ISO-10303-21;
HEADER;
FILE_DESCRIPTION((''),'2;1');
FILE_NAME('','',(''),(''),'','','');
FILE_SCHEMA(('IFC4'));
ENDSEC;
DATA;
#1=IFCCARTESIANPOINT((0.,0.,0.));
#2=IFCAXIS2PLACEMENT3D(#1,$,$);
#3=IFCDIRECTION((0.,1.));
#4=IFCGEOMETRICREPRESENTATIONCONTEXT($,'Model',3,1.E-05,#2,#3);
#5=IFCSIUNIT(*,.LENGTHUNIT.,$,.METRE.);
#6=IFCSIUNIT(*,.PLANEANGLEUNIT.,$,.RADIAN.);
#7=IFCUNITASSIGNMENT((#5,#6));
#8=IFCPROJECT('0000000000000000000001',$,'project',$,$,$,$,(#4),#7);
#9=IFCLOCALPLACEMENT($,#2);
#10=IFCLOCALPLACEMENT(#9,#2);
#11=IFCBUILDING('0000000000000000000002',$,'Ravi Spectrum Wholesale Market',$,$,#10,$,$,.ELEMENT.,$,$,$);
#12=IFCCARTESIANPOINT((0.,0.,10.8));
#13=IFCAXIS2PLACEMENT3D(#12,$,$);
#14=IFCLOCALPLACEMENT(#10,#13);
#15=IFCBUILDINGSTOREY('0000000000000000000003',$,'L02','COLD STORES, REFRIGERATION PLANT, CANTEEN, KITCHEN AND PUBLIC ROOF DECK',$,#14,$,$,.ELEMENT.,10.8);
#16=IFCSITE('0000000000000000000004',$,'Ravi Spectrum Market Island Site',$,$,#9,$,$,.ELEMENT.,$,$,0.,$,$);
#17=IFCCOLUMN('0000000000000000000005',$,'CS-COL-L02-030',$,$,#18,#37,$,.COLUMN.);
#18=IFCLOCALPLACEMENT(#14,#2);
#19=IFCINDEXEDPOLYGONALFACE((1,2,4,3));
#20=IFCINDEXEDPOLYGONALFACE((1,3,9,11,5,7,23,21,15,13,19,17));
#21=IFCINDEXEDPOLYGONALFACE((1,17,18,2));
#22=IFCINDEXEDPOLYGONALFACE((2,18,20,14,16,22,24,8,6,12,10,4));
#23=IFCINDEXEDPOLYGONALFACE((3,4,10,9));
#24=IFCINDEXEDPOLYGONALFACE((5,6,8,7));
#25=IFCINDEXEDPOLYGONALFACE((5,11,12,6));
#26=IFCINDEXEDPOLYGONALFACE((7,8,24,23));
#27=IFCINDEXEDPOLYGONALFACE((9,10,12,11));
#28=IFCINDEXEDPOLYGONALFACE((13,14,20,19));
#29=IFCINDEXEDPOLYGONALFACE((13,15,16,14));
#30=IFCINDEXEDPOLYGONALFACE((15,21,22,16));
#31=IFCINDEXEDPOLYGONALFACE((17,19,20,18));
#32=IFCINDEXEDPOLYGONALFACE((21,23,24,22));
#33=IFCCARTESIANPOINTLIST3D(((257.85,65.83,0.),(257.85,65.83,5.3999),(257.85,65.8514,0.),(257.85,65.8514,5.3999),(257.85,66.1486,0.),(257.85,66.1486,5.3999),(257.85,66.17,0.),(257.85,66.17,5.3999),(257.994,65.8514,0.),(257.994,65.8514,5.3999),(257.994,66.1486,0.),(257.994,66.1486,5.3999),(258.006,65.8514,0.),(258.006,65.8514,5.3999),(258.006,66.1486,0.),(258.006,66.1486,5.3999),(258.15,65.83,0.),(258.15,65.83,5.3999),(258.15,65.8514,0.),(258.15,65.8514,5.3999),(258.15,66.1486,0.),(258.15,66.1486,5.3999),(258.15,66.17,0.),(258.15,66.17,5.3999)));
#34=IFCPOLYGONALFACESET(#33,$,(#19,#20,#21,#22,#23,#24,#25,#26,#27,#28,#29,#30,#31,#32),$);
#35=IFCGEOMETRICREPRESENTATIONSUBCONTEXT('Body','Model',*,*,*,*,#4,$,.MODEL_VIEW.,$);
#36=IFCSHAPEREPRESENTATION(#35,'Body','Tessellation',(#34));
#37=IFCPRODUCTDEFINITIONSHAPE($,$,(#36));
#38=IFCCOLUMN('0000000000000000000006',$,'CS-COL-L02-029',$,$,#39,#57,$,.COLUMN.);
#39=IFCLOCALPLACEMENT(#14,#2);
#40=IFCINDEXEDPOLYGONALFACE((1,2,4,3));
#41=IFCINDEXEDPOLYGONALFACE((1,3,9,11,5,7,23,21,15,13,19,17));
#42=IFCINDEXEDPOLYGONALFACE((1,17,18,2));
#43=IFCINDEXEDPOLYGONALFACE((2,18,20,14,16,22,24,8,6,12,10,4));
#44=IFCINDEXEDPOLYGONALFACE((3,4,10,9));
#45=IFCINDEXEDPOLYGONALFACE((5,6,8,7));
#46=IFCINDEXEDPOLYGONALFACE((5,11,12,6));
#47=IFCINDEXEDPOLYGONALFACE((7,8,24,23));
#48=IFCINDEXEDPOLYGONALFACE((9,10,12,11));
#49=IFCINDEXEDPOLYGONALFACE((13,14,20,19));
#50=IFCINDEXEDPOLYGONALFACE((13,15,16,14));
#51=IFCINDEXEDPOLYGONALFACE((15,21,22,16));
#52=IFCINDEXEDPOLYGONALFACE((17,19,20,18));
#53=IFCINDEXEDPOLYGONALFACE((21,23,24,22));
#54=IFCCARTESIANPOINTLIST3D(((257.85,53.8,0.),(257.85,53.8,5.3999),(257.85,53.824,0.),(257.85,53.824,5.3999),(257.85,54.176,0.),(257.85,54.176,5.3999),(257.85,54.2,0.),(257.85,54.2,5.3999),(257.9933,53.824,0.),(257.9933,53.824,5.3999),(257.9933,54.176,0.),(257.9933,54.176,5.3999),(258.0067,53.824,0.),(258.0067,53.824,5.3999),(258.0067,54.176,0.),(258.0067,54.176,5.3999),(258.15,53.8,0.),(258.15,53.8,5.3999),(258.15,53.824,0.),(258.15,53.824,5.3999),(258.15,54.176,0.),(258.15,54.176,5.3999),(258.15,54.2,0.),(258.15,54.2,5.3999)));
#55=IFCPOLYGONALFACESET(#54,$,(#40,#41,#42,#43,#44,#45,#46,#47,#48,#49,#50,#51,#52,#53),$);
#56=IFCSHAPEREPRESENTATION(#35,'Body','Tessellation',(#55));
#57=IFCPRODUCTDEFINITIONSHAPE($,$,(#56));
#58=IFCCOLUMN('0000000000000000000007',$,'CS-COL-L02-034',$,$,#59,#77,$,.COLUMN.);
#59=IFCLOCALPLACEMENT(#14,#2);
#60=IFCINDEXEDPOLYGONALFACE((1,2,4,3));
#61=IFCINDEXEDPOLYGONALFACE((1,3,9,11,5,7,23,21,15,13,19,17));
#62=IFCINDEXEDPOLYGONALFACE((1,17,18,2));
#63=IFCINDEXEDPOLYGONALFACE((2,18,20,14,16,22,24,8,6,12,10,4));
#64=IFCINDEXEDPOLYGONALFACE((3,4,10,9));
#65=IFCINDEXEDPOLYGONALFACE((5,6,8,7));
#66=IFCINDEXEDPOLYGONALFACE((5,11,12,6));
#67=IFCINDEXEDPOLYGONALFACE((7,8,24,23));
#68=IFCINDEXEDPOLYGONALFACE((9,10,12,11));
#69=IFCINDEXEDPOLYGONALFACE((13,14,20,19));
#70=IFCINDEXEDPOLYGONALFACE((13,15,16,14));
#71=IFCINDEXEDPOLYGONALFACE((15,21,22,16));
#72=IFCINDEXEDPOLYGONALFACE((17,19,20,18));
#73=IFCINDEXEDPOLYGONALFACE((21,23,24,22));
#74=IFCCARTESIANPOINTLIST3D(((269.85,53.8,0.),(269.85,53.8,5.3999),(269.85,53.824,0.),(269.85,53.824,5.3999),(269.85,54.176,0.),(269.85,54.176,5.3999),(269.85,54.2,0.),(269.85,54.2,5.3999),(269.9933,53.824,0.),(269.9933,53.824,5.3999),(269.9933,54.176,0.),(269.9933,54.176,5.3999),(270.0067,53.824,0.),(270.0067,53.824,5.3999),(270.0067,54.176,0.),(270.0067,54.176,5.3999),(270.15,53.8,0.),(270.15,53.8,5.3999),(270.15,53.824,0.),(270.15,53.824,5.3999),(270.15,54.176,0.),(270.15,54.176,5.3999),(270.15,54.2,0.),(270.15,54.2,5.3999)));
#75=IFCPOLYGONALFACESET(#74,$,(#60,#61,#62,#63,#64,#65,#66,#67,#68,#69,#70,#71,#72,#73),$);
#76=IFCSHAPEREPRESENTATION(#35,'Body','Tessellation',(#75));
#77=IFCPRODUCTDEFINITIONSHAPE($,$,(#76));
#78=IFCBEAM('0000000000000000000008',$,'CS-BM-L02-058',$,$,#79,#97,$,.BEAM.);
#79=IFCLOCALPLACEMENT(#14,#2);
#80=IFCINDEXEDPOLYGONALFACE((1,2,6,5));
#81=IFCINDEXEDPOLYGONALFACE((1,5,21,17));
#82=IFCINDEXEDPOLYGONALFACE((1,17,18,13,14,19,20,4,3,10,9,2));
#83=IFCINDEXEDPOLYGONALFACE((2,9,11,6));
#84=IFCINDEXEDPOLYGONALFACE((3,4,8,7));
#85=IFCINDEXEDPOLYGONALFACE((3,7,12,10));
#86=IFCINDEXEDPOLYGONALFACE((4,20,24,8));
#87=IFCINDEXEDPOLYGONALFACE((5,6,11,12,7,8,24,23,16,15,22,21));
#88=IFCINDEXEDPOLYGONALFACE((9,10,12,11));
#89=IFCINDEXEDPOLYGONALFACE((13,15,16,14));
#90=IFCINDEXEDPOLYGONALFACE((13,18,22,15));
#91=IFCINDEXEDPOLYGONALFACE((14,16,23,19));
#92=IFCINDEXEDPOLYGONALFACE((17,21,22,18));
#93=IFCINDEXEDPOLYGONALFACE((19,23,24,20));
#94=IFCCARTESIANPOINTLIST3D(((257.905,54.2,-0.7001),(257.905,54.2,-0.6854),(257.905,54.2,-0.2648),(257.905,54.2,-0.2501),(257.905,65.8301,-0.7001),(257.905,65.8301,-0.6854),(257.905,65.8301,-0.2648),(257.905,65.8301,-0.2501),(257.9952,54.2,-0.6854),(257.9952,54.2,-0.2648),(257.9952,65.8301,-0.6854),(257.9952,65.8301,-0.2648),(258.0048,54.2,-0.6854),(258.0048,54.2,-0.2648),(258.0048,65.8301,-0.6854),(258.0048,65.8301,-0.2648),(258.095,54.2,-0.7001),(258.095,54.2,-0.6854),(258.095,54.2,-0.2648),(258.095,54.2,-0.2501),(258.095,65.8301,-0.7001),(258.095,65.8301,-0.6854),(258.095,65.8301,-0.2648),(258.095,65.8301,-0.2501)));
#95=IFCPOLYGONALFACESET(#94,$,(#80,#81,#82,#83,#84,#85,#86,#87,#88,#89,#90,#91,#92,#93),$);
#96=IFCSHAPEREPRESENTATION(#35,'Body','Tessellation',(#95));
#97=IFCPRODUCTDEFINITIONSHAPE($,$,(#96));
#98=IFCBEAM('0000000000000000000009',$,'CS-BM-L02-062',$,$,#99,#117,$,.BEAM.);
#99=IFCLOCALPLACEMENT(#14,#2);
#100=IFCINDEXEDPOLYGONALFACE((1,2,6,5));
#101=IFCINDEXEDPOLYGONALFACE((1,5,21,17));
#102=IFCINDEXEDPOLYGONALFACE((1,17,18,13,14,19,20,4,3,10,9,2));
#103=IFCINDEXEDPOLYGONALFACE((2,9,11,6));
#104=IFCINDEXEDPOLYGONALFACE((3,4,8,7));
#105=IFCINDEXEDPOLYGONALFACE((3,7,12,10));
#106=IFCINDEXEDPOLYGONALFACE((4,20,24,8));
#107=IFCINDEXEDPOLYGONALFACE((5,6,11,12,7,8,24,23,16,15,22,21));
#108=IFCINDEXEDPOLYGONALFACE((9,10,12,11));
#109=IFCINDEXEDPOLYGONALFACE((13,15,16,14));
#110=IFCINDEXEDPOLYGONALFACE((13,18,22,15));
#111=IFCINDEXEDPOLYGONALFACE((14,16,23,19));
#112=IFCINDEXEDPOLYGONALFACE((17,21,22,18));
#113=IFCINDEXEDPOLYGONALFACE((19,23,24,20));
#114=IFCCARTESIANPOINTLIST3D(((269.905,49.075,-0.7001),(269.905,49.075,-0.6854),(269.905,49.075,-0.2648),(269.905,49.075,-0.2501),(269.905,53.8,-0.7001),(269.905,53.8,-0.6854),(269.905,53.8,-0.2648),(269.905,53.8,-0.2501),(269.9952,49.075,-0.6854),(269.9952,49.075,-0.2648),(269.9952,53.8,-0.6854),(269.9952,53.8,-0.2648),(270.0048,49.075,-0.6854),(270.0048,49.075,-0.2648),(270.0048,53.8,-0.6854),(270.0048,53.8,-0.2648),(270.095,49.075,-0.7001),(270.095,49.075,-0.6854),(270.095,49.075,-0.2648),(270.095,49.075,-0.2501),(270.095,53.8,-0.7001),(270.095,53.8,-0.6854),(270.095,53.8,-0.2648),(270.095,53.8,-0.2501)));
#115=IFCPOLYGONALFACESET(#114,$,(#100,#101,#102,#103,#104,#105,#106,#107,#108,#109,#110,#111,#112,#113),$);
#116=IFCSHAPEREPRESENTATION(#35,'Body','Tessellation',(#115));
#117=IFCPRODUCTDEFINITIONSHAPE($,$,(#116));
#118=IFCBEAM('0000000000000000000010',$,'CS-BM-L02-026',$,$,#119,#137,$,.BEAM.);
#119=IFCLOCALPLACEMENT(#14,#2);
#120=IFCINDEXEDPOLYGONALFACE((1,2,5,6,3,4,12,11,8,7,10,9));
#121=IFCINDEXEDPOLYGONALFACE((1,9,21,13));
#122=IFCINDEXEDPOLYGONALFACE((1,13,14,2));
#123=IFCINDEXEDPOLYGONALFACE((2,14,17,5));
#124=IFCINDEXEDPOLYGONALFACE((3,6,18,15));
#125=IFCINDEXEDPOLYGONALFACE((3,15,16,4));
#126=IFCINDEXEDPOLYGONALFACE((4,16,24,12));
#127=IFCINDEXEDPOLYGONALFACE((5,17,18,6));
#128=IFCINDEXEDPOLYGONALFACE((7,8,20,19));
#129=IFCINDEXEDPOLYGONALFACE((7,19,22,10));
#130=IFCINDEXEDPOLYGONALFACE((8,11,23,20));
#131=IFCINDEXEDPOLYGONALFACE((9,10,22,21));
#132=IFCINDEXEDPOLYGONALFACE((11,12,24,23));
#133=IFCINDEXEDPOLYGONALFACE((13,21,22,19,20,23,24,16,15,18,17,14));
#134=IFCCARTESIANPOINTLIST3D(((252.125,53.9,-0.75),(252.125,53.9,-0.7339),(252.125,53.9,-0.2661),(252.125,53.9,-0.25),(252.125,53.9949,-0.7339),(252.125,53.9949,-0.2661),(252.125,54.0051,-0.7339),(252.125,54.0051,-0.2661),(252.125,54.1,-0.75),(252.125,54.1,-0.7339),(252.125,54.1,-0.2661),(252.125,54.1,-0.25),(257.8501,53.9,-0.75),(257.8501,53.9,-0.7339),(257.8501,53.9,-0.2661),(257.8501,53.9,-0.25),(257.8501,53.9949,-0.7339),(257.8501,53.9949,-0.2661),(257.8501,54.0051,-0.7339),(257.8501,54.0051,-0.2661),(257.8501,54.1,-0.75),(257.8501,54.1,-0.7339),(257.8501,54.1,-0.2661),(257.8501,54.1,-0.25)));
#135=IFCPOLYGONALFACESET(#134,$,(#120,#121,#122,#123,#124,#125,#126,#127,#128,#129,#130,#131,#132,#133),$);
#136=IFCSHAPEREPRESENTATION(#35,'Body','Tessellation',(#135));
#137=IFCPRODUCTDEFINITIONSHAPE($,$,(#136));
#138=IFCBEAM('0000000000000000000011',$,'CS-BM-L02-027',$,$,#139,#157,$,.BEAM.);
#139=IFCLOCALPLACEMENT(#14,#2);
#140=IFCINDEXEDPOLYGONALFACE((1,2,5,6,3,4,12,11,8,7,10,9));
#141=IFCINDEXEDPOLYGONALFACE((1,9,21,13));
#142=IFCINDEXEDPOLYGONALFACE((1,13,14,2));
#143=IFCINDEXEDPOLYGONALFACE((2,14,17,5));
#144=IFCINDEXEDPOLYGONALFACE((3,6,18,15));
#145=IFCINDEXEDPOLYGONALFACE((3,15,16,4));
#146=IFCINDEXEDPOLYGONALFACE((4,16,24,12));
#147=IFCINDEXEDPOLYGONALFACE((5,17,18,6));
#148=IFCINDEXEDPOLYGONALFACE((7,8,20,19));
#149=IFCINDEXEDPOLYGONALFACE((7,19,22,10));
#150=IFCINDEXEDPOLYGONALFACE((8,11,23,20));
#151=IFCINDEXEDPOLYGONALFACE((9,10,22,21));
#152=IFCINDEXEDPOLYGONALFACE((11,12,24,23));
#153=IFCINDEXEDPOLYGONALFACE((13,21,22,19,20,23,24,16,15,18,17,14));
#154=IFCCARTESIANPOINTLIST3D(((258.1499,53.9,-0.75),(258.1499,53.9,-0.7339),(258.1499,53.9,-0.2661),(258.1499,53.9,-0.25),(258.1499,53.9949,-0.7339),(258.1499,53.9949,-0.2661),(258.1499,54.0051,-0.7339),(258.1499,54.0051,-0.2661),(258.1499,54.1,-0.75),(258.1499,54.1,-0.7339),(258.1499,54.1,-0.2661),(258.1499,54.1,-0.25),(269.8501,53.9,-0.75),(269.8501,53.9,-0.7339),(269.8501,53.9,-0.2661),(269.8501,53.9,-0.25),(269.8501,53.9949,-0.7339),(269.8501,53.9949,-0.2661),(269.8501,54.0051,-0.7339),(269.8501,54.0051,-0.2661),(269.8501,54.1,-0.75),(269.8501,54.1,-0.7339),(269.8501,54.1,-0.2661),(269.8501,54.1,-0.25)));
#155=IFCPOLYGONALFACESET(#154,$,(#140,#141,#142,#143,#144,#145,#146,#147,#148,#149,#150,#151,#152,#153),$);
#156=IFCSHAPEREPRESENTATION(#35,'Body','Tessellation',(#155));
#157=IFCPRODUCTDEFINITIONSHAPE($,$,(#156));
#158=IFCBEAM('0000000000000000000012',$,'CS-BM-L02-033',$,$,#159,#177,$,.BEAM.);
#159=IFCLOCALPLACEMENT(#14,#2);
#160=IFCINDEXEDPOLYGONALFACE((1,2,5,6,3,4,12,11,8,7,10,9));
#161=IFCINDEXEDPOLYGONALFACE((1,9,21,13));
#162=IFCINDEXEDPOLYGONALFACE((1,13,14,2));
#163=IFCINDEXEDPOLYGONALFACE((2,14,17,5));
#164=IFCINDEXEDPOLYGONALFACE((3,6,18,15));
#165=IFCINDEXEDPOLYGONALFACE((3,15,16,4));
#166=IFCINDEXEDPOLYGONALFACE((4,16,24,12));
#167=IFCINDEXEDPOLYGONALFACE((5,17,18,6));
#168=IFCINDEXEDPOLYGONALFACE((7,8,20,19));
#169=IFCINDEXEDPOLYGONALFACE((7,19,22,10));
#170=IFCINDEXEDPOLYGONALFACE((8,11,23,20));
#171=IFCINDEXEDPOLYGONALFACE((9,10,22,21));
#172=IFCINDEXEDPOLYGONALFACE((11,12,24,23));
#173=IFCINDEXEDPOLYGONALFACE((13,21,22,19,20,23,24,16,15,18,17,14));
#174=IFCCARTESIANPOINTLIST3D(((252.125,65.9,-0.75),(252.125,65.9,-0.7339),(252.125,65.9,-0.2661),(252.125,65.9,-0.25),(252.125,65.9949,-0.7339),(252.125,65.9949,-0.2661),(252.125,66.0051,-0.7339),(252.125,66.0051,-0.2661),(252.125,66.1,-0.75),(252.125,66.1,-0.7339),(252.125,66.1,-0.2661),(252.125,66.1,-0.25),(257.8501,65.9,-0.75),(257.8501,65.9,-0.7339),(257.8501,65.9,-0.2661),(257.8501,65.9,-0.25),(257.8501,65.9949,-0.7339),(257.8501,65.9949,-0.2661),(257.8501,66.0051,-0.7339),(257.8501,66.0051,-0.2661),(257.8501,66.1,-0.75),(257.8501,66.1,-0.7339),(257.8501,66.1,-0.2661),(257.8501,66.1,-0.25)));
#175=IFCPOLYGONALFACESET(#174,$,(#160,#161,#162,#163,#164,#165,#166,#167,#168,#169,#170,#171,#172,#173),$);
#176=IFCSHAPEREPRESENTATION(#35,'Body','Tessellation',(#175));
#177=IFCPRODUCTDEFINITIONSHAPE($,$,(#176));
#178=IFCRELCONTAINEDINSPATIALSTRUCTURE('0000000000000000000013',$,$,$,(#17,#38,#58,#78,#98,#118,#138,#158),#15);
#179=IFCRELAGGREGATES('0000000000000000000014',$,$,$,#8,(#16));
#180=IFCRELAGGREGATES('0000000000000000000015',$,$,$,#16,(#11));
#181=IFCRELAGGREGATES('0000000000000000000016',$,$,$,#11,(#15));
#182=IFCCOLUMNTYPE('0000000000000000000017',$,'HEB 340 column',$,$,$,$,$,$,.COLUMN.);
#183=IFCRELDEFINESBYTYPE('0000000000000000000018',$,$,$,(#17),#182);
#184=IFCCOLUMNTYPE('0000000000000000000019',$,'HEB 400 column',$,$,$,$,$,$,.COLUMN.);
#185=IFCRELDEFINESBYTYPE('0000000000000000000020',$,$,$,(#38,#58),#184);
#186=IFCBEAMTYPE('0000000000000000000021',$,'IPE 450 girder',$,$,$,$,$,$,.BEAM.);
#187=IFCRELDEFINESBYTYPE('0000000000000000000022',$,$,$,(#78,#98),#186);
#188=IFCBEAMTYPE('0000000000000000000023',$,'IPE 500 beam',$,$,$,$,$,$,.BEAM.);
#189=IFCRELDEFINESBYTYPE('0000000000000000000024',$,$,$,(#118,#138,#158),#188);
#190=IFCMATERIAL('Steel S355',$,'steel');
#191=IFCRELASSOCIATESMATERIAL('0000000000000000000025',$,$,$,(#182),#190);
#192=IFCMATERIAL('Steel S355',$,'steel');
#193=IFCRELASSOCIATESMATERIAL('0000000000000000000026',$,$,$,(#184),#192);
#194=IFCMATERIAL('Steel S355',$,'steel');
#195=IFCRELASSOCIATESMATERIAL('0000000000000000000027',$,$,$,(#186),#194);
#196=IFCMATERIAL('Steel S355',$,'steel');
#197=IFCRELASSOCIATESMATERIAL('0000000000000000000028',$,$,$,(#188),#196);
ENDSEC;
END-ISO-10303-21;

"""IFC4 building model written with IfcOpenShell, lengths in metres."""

from ifc_helpers import new_model, si_unit, direction, frame, origin, origin_2d, place, context, subcontext, project, spatial, i_section, extrude, material, material_profile, profile_set, type_object, element, save


model = new_model("IFC4")

# Units and contexts
model_context = context("Model", 3, precision=1e-05, world=origin(), true_north=direction((0.0, 1.0)))
body_context = subcontext(model_context, "Body", "Model", "MODEL_VIEW")
ifc_project = project(units=[si_unit("LENGTHUNIT", "METRE"), si_unit("PLANEANGLEUNIT", "RADIAN")], contexts=[model_context])

# Site, building, storey
site_placement = place(None, origin())
site = spatial("IfcSite", under=ifc_project, at=site_placement, Name="Ravi Spectrum Market Island Site", CompositionType="ELEMENT", RefElevation=0.0)
building_placement = place(site_placement, origin())
building = spatial("IfcBuilding", under=site, at=building_placement, Name="Ravi Spectrum Wholesale Market", CompositionType="ELEMENT")
storey_placement = place(building_placement, frame((0.0, 0.0, 10.8)))
storey = spatial("IfcBuildingStorey", under=building, at=storey_placement, Name="L02", Description="COLD STORES, REFRIGERATION PLANT, CANTEEN, KITCHEN AND PUBLIC ROOF DECK", CompositionType="ELEMENT", Elevation=10.8)

# Columns
ifc_material_1 = material(Name="Steel S355", Category="steel")
ifc_material_profile_1 = material_profile(ifc_material_1, i_section(OverallWidth=0.3, OverallDepth=0.3401, WebThickness=0.012, FlangeThickness=0.0215, at=origin_2d()))
ifc_profile_set_1 = profile_set([ifc_material_profile_1], Name="Steel S355")
column_type_1 = type_object("IfcColumnType", Name="HEB 340 column", PredefinedType="COLUMN", material=ifc_profile_set_1)
column_placement = place(storey_placement, frame((258.0, 66.0, 0.0), z_axis=(0.0, 0.0, 1.0), x_axis=(1.0, 0.0, 0.0)))
element("IfcColumn", 1, at=column_placement, inside=storey, type_object=column_type_1, Name="CS-COL-L02-030", PredefinedType="COLUMN", context=body_context, shape_type="SweptSolid", body=[
    extrude(i_section(OverallWidth=0.3, OverallDepth=0.3401, WebThickness=0.012, FlangeThickness=0.0215, at=origin_2d()), origin(), (0.0, 0.0, 1.0), 5.3999),
])
ifc_material_2 = material(Name="Steel S355", Category="steel")
ifc_material_profile_2 = material_profile(ifc_material_2, i_section(OverallWidth=0.3, OverallDepth=0.3999, WebThickness=0.0134, FlangeThickness=0.0239, at=origin_2d()))
ifc_profile_set_2 = profile_set([ifc_material_profile_2], Name="Steel S355")
column_type_2 = type_object("IfcColumnType", Name="HEB 400 column", PredefinedType="COLUMN", material=ifc_profile_set_2)
for number, where, z_axis, x_axis, name in (
    (2, (258.0, 54.0, 0.0), (0.0, 0.0, 1.0), (1.0, 0.0, 0.0), "CS-COL-L02-029"),
    (3, (270.0, 54.0, 0.0), (0.0, 0.0, 1.0), (1.0, 0.0, 0.0), "CS-COL-L02-034"),
):
    element("IfcColumn", number, at=place(storey_placement, frame(where, z_axis=z_axis, x_axis=x_axis)), inside=storey, type_object=column_type_2, Name=name, PredefinedType="COLUMN", context=body_context, shape_type="SweptSolid", body=[
        extrude(i_section(OverallWidth=0.3, OverallDepth=0.3999, WebThickness=0.0134, FlangeThickness=0.0239, at=origin_2d()), origin(), (0.0, 0.0, 1.0), 5.3999),
    ])

# Beams
ifc_material_3 = material(Name="Steel S355", Category="steel")
ifc_material_profile_3 = material_profile(ifc_material_3, i_section(OverallWidth=0.1899, OverallDepth=0.45, WebThickness=0.0095, FlangeThickness=0.0146, at=origin_2d()))
ifc_profile_set_3 = profile_set([ifc_material_profile_3], Name="Steel S355")
beam_type_1 = type_object("IfcBeamType", Name="IPE 450 girder", PredefinedType="BEAM", material=ifc_profile_set_3)
beam_1_placement = place(storey_placement, frame((258.0, 54.2, -0.4751), z_axis=(0.0, 1.0, 0.0), x_axis=(-1.0, 0.0, 0.0)))
element("IfcBeam", 4, at=beam_1_placement, inside=storey, type_object=beam_type_1, Name="CS-BM-L02-058", PredefinedType="BEAM", context=body_context, shape_type="SweptSolid", body=[
    extrude(i_section(OverallWidth=0.1899, OverallDepth=0.45, WebThickness=0.0095, FlangeThickness=0.0146, at=origin_2d()), origin(), (0.0, 0.0, 1.0), 11.6301),
])
beam_2_placement = place(storey_placement, frame((270.0, 49.075, -0.4751), z_axis=(0.0, 1.0, 0.0), x_axis=(-1.0, 0.0, 0.0)))
element("IfcBeam", 5, at=beam_2_placement, inside=storey, type_object=beam_type_1, Name="CS-BM-L02-062", PredefinedType="BEAM", context=body_context, shape_type="SweptSolid", body=[
    extrude(i_section(OverallWidth=0.1899, OverallDepth=0.45, WebThickness=0.0095, FlangeThickness=0.0146, at=origin_2d()), origin(), (0.0, 0.0, 1.0), 4.7251),
])
ifc_material_4 = material(Name="Steel S355", Category="steel")
ifc_material_profile_4 = material_profile(ifc_material_4, i_section(OverallWidth=0.2, OverallDepth=0.5, WebThickness=0.0103, FlangeThickness=0.0161, at=origin_2d()))
ifc_profile_set_4 = profile_set([ifc_material_profile_4], Name="Steel S355")
beam_type_2 = type_object("IfcBeamType", Name="IPE 500 beam", PredefinedType="BEAM", material=ifc_profile_set_4)
beam_3_placement = place(storey_placement, frame((252.125, 54.0, -0.5), z_axis=(1.0, 0.0, 0.0), x_axis=(0.0, 1.0, 0.0)))
element("IfcBeam", 6, at=beam_3_placement, inside=storey, type_object=beam_type_2, Name="CS-BM-L02-026", PredefinedType="BEAM", context=body_context, shape_type="SweptSolid", body=[
    extrude(i_section(OverallWidth=0.2, OverallDepth=0.5, WebThickness=0.0103, FlangeThickness=0.0161, at=origin_2d()), origin(), (0.0, 0.0, 1.0), 5.7251),
])
beam_4_placement = place(storey_placement, frame((258.1499, 54.0, -0.5), z_axis=(1.0, 0.0, 0.0), x_axis=(0.0, 1.0, 0.0)))
element("IfcBeam", 7, at=beam_4_placement, inside=storey, type_object=beam_type_2, Name="CS-BM-L02-027", PredefinedType="BEAM", context=body_context, shape_type="SweptSolid", body=[
    extrude(i_section(OverallWidth=0.2, OverallDepth=0.5, WebThickness=0.0103, FlangeThickness=0.0161, at=origin_2d()), origin(), (0.0, 0.0, 1.0), 11.7002),
])
beam_5_placement = place(storey_placement, frame((252.125, 66.0, -0.5), z_axis=(1.0, 0.0, 0.0), x_axis=(0.0, 1.0, 0.0)))
element("IfcBeam", 8, at=beam_5_placement, inside=storey, type_object=beam_type_2, Name="CS-BM-L02-033", PredefinedType="BEAM", context=body_context, shape_type="SweptSolid", body=[
    extrude(i_section(OverallWidth=0.2, OverallDepth=0.5, WebThickness=0.0103, FlangeThickness=0.0161, at=origin_2d()), origin(), (0.0, 0.0, 1.0), 5.7251),
])

save(model, "model.ifc")
